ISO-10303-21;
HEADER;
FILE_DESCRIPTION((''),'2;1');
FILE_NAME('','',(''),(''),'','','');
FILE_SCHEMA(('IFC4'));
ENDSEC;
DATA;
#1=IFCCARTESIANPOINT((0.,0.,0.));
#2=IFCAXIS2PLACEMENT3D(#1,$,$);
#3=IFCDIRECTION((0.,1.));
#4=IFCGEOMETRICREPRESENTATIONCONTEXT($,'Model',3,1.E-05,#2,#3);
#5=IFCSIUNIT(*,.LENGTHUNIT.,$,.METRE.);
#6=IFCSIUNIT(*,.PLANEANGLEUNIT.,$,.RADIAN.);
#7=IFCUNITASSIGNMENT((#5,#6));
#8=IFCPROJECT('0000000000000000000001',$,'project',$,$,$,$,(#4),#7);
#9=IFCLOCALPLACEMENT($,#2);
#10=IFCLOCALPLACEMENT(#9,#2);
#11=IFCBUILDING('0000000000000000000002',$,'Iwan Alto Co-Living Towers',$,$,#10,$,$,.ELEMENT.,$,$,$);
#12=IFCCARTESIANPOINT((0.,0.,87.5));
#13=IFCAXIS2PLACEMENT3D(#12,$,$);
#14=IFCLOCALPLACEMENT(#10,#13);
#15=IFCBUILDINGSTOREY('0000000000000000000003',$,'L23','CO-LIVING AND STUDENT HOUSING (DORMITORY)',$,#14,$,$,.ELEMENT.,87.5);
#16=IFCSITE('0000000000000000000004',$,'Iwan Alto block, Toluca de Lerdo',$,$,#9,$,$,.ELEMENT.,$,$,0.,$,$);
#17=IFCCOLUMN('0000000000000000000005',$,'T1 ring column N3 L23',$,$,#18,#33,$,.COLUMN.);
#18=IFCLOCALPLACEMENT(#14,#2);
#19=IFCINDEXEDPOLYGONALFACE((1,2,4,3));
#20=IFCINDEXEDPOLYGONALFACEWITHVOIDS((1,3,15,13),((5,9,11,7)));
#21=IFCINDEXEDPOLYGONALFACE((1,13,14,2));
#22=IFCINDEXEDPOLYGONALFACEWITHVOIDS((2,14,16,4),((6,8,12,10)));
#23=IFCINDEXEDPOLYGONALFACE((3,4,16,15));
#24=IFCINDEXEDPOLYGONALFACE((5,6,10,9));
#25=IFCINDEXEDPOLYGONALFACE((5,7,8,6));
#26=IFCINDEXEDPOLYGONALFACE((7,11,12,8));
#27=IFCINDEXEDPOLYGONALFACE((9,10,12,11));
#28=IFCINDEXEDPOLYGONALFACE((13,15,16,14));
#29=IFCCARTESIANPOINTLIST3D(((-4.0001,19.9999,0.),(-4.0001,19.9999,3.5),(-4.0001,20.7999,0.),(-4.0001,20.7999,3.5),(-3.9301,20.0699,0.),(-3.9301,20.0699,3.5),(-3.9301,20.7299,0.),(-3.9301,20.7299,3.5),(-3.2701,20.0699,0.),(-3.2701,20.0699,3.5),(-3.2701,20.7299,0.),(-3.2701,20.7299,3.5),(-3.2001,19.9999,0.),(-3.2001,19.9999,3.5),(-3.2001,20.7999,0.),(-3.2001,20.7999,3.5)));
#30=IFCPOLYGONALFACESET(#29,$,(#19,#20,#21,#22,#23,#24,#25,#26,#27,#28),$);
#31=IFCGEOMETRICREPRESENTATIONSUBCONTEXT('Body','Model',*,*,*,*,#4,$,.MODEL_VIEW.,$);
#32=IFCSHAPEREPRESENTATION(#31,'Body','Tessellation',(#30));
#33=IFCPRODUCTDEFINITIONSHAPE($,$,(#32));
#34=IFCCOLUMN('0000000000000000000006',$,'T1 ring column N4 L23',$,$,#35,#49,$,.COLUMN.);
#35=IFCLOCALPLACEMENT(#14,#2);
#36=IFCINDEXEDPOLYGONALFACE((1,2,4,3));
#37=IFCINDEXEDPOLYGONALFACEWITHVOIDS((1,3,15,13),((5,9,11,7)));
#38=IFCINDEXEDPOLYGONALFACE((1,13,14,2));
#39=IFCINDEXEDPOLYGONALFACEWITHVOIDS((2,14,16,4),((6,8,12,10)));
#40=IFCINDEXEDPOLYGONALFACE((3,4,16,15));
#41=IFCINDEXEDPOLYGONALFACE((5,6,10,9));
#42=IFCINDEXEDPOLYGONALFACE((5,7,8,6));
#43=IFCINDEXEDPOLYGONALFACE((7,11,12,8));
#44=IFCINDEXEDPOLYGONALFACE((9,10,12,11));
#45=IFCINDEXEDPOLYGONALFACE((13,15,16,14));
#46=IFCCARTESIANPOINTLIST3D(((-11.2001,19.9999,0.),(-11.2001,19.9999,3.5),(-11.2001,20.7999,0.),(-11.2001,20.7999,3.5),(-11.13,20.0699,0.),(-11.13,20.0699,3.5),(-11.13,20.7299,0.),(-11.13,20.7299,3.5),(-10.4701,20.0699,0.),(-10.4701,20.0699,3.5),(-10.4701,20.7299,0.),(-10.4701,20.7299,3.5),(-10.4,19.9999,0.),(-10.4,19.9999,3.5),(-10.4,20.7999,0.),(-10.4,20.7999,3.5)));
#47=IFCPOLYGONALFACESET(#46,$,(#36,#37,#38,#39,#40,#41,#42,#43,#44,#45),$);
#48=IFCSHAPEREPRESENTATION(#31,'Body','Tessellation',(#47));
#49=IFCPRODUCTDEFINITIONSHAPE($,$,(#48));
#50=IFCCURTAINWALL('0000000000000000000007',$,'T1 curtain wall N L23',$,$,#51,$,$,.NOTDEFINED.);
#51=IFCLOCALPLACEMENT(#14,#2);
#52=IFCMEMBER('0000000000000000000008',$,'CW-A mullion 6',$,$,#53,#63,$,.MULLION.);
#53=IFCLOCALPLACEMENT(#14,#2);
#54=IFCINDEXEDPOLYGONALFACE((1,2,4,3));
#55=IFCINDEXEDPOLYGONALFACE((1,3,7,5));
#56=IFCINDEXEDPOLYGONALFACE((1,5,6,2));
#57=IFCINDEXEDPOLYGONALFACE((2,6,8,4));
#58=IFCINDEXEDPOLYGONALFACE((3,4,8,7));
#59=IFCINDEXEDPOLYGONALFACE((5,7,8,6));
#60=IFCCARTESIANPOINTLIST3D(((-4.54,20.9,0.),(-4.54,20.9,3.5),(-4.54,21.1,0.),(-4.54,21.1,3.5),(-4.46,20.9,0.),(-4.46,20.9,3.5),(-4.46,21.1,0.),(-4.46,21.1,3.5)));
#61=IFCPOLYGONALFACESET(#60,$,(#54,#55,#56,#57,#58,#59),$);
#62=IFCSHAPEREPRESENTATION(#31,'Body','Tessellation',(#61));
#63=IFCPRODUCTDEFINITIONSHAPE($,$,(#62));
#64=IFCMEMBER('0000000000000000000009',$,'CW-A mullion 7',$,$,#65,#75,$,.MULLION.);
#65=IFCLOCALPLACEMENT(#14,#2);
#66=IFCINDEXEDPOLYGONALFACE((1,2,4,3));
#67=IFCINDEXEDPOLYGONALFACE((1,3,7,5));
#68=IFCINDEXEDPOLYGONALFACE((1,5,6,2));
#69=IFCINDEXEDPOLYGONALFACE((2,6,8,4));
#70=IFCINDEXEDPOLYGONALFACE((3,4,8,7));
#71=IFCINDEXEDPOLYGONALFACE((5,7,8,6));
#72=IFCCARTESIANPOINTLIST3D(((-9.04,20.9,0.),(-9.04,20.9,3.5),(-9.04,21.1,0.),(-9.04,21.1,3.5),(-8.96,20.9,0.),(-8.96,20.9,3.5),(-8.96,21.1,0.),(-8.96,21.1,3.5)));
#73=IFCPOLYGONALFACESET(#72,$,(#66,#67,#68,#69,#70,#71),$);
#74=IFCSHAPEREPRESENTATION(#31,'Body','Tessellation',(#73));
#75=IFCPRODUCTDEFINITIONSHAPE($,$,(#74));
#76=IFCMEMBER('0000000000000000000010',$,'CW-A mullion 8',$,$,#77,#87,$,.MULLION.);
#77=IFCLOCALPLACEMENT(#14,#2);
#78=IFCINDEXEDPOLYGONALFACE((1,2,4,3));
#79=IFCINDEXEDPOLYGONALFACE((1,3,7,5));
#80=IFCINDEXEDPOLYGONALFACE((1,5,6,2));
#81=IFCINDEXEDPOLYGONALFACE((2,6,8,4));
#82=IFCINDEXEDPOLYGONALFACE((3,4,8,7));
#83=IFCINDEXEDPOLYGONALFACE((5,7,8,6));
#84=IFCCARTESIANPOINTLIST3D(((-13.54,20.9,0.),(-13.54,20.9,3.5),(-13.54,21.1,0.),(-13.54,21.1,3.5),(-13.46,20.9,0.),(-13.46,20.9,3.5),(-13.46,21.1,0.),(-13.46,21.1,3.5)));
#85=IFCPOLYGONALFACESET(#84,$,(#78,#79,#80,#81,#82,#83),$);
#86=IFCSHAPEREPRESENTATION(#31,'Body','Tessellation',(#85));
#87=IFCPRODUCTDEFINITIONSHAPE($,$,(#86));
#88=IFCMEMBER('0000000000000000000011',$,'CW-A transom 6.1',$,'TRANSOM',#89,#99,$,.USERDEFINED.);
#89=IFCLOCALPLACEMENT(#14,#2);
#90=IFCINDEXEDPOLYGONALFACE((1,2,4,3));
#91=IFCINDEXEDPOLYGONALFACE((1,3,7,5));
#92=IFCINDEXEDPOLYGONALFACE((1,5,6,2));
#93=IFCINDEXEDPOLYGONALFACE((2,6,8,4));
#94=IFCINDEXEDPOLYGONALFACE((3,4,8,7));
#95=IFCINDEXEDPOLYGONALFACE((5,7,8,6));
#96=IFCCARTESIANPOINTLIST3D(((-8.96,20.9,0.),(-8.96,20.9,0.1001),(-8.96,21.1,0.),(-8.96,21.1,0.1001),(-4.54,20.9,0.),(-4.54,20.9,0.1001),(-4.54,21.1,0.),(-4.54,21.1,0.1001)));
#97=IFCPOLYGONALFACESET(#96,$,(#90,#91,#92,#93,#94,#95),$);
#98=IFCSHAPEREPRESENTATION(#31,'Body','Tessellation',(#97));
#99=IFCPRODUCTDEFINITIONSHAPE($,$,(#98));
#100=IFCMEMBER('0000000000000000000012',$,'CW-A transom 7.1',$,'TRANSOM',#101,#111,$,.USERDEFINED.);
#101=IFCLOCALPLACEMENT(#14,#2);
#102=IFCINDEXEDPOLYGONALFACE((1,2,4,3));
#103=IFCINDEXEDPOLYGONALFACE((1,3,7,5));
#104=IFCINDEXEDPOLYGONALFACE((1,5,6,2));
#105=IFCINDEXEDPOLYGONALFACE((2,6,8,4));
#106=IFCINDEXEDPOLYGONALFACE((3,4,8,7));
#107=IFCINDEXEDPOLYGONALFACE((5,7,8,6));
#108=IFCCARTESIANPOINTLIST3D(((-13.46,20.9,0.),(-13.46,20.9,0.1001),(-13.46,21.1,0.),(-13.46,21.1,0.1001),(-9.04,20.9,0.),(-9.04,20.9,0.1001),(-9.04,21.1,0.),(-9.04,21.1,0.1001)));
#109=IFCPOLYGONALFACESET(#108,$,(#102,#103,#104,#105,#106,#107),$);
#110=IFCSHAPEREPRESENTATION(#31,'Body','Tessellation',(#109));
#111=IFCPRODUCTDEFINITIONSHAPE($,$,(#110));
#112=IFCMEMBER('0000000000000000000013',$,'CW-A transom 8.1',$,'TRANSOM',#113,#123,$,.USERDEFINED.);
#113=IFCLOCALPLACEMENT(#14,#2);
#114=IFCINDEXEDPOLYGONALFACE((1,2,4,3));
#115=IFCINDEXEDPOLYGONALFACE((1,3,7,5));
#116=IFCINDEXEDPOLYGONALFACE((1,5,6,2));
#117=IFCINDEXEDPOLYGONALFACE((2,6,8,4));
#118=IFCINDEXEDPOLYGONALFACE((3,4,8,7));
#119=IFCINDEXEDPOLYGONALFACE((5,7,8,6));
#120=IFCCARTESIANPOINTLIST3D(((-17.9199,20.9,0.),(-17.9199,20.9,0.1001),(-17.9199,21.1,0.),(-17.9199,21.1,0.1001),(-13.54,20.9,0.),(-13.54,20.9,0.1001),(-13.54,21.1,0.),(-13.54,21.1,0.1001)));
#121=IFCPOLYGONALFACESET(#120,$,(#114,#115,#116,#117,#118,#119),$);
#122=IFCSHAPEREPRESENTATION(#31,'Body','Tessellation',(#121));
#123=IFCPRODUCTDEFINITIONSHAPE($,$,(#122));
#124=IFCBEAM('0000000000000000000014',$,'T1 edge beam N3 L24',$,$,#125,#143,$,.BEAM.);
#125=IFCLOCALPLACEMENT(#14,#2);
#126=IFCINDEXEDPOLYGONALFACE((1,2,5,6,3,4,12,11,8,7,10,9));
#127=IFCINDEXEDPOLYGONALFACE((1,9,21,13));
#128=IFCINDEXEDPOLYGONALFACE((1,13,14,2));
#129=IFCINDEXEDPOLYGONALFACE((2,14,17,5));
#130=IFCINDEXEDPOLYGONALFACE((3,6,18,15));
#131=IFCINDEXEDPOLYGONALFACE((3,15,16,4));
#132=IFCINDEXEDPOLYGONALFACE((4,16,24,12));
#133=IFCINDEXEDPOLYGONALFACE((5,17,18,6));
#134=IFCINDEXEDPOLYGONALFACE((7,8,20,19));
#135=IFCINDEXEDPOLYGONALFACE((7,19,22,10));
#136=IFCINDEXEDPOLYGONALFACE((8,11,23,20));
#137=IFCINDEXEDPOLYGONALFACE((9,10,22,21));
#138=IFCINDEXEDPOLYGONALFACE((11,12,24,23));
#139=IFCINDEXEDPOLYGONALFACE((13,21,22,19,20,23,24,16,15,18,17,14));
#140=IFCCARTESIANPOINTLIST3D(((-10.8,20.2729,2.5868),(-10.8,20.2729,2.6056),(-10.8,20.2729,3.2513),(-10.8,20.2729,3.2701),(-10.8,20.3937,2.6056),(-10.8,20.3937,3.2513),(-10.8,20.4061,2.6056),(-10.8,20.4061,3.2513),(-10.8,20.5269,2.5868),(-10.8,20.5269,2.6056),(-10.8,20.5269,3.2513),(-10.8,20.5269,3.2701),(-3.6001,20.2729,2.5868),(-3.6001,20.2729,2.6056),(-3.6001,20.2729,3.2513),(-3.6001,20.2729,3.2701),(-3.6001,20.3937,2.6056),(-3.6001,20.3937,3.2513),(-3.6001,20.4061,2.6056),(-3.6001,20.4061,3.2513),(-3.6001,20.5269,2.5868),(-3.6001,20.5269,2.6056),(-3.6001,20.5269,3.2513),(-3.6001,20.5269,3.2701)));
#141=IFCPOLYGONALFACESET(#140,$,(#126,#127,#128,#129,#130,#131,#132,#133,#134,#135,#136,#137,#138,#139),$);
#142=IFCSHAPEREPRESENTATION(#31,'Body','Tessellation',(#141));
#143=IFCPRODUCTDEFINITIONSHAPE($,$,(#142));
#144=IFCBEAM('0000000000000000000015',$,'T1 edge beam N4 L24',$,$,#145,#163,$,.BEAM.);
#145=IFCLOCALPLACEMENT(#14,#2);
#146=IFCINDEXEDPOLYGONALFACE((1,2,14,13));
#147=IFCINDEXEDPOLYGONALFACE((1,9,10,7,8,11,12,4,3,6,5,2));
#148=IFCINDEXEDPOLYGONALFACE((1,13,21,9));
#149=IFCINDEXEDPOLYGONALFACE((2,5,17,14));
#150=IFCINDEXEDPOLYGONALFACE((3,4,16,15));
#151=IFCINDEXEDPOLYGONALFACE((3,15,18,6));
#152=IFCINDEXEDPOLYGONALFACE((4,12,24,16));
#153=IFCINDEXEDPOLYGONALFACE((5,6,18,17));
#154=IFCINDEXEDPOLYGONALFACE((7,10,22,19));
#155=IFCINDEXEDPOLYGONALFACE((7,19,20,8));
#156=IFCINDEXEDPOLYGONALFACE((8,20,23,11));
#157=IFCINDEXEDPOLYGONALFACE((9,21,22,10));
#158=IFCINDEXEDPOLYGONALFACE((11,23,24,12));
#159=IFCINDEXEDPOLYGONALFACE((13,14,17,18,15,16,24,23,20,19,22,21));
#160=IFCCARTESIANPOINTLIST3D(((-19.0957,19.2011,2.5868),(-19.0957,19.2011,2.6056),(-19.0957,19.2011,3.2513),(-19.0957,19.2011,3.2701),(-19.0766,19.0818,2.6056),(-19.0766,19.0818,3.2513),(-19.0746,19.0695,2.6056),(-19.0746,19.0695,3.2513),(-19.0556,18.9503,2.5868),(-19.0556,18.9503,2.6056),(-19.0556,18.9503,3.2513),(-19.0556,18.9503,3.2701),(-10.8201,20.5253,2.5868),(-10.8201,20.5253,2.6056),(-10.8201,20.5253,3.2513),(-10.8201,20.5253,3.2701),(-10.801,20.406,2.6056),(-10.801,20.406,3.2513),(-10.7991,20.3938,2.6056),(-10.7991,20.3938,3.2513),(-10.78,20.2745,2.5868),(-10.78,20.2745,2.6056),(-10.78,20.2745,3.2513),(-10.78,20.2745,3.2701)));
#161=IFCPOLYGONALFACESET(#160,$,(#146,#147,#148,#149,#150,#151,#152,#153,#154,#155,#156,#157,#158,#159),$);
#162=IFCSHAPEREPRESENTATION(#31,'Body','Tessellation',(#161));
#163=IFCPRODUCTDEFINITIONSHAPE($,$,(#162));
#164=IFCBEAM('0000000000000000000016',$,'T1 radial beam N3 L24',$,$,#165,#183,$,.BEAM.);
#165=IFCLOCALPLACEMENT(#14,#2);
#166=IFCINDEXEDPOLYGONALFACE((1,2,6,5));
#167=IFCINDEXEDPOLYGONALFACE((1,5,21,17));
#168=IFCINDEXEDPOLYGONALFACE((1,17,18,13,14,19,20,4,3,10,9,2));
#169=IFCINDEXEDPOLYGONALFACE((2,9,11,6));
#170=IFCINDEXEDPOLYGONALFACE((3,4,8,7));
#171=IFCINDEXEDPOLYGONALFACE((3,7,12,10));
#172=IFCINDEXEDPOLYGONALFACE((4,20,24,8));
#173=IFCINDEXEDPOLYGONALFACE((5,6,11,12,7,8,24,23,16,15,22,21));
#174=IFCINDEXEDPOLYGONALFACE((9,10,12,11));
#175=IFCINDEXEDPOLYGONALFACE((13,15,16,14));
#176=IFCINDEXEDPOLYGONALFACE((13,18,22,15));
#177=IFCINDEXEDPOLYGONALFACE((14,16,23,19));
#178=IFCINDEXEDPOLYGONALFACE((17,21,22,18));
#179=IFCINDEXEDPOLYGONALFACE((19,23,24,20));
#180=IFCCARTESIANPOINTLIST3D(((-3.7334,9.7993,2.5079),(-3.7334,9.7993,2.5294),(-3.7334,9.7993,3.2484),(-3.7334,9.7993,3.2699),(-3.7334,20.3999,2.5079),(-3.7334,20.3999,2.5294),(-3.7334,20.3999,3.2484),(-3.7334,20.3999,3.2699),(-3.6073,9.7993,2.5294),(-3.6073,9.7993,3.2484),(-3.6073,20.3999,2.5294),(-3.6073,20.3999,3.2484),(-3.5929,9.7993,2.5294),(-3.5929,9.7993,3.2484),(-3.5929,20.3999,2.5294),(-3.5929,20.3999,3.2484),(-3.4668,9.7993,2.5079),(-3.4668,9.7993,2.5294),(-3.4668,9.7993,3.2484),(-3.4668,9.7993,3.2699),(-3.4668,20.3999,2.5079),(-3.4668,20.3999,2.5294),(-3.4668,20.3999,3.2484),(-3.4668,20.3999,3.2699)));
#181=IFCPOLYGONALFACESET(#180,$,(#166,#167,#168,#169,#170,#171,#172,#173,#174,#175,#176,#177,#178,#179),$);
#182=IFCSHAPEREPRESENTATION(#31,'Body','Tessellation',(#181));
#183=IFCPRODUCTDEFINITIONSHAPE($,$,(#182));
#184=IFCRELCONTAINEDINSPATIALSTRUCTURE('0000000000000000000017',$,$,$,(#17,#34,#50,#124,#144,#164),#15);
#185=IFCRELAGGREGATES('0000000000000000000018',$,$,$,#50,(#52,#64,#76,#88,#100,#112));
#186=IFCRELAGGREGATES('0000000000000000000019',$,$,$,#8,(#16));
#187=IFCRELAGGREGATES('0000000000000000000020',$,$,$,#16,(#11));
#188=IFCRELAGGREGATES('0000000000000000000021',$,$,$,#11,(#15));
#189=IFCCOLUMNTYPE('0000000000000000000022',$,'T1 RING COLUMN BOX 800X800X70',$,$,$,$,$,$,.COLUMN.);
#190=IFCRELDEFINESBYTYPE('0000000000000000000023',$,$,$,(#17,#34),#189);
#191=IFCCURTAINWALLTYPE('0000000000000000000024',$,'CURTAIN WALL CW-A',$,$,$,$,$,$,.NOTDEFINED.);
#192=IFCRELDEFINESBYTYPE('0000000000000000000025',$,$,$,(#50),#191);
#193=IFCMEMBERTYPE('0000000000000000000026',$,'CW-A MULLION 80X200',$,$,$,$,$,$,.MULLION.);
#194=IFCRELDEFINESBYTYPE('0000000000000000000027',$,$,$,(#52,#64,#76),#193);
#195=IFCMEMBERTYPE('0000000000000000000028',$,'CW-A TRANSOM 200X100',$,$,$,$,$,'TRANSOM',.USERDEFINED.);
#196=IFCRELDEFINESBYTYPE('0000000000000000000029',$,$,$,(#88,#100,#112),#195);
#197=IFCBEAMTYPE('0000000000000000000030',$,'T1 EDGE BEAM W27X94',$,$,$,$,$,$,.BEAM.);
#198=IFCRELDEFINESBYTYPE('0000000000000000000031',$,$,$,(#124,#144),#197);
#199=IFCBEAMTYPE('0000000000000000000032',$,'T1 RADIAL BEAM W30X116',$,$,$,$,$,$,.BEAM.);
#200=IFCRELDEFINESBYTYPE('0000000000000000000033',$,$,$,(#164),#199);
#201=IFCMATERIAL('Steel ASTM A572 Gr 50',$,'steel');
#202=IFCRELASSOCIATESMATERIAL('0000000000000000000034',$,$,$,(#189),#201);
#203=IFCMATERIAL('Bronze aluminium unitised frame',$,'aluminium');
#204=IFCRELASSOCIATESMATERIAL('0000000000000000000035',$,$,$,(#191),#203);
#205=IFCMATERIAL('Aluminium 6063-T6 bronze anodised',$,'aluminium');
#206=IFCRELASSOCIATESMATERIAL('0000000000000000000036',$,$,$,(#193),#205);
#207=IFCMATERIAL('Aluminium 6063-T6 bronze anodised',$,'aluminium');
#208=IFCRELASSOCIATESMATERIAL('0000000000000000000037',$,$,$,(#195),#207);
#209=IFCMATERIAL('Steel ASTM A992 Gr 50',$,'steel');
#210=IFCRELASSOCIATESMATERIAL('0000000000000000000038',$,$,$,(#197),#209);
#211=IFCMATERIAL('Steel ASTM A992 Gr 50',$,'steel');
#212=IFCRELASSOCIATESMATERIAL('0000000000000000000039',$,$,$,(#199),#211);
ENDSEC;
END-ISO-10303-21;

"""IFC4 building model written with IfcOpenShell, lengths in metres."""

from ifc_helpers import new_model, si_unit, direction, frame, origin, origin_2d, place, context, subcontext, project, spatial, rectangle, hollow_rectangle, i_section, extrude, material, material_profile, profile_set, type_object, element, aggregate, save


model = new_model("IFC4")

# Units and contexts
model_context = context("Model", 3, precision=1e-05, world=origin(), true_north=direction((0.0, 1.0)))
body_context = subcontext(model_context, "Body", "Model", "MODEL_VIEW")
ifc_project = project(units=[si_unit("LENGTHUNIT", "METRE"), si_unit("PLANEANGLEUNIT", "RADIAN")], contexts=[model_context])

# Site, building, storey
site_placement = place(None, origin())
site = spatial("IfcSite", under=ifc_project, at=site_placement, Name="Iwan Alto block, Toluca de Lerdo", CompositionType="ELEMENT", RefElevation=0.0)
building_placement = place(site_placement, origin())
building = spatial("IfcBuilding", under=site, at=building_placement, Name="Iwan Alto Co-Living Towers", CompositionType="ELEMENT")
storey_placement = place(building_placement, frame((0.0, 0.0, 87.5)))
storey = spatial("IfcBuildingStorey", under=building, at=storey_placement, Name="L23", Description="CO-LIVING AND STUDENT HOUSING (DORMITORY)", CompositionType="ELEMENT", Elevation=87.5)

# Columns
ifc_material_1 = material(Name="Steel ASTM A572 Gr 50", Category="steel")
ifc_material_profile_1 = material_profile(ifc_material_1, hollow_rectangle(XDim=0.8, YDim=0.8, WallThickness=0.0701, at=origin_2d()), Name="BOX 800X800X70")
ifc_profile_set_1 = profile_set([ifc_material_profile_1], Name="Steel ASTM A572 Gr 50")
column_type = type_object("IfcColumnType", Name="T1 RING COLUMN BOX 800X800X70", PredefinedType="COLUMN", material=ifc_profile_set_1)
for number, where, z_axis, x_axis, name in (
    (1, (-3.6001, 20.3999, 0.0), (0.0, 0.0, 1.0), (1.0, 0.0, 0.0), "T1 ring column N3 L23"),
    (2, (-10.8, 20.3999, 0.0), (0.0, 0.0, 1.0), (1.0, 0.0, 0.0), "T1 ring column N4 L23"),
):
    element("IfcColumn", number, at=place(storey_placement, frame(where, z_axis=z_axis, x_axis=x_axis)), inside=storey, type_object=column_type, Name=name, PredefinedType="COLUMN", context=body_context, shape_type="SweptSolid", body=[
        extrude(hollow_rectangle(XDim=0.8, YDim=0.8, WallThickness=0.0701, at=origin_2d()), origin(), (0.0, 0.0, 1.0), 3.5),
    ])

# Curtain wall, members
ifc_material_2 = material(Name="Bronze aluminium unitised frame", Category="aluminium")
curtain_wall_type = type_object("IfcCurtainWallType", Name="CURTAIN WALL CW-A", PredefinedType="NOTDEFINED", material=ifc_material_2)
curtain_wall_placement = place(storey_placement, origin())
curtain_wall = element("IfcCurtainWall", 3, at=curtain_wall_placement, inside=storey, type_object=curtain_wall_type, Name="T1 curtain wall N L23", PredefinedType="NOTDEFINED")
ifc_material_3 = material(Name="Aluminium 6063-T6 bronze anodised", Category="aluminium")
ifc_material_profile_2 = material_profile(ifc_material_3, rectangle(XDim=0.2, YDim=0.0801, at=origin_2d()), Name="AL 80X200")
ifc_profile_set_2 = profile_set([ifc_material_profile_2], Name="Aluminium 6063-T6 bronze anodised")
member_type_1 = type_object("IfcMemberType", Name="CW-A MULLION 80X200", PredefinedType="MULLION", material=ifc_profile_set_2)
member_1_placement = place(storey_placement, frame((-4.5, 21.0, 0.0), z_axis=(0.0, 0.0, 1.0), x_axis=(0.0, -1.0, 0.0)))
member_1 = element("IfcMember", 4, at=member_1_placement, type_object=member_type_1, Name="CW-A mullion 6", PredefinedType="MULLION", context=body_context, shape_type="SweptSolid", body=[
    extrude(rectangle(XDim=0.2, YDim=0.0801, at=origin_2d()), origin(), (0.0, 0.0, 1.0), 3.5),
])
member_2_placement = place(storey_placement, frame((-9.0, 21.0, 0.0), z_axis=(0.0, 0.0, 1.0), x_axis=(0.0, -1.0, 0.0)))
member_2 = element("IfcMember", 5, at=member_2_placement, type_object=member_type_1, Name="CW-A mullion 7", PredefinedType="MULLION", context=body_context, shape_type="SweptSolid", body=[
    extrude(rectangle(XDim=0.2, YDim=0.0801, at=origin_2d()), origin(), (0.0, 0.0, 1.0), 3.5),
])
member_3_placement = place(storey_placement, frame((-13.5, 21.0, 0.0), z_axis=(0.0, 0.0, 1.0), x_axis=(0.0, -1.0, 0.0)))
member_3 = element("IfcMember", 6, at=member_3_placement, type_object=member_type_1, Name="CW-A mullion 8", PredefinedType="MULLION", context=body_context, shape_type="SweptSolid", body=[
    extrude(rectangle(XDim=0.2, YDim=0.0801, at=origin_2d()), origin(), (0.0, 0.0, 1.0), 3.5),
])
ifc_material_4 = material(Name="Aluminium 6063-T6 bronze anodised", Category="aluminium")
ifc_material_profile_3 = material_profile(ifc_material_4, rectangle(XDim=0.2, YDim=0.1001, at=origin_2d()), Name="AL 200X100")
ifc_profile_set_3 = profile_set([ifc_material_profile_3], Name="Aluminium 6063-T6 bronze anodised")
member_type_2 = type_object("IfcMemberType", Name="CW-A TRANSOM 200X100", ElementType="TRANSOM", PredefinedType="USERDEFINED", material=ifc_profile_set_3)
member_4_placement = place(storey_placement, frame((-4.54, 21.0, 0.05), z_axis=(-1.0, 0.0, 0.0), x_axis=(0.0, -1.0, 0.0)))
member_4 = element("IfcMember", 7, at=member_4_placement, type_object=member_type_2, Name="CW-A transom 6.1", ObjectType="TRANSOM", PredefinedType="USERDEFINED", context=body_context, shape_type="SweptSolid", body=[
    extrude(rectangle(XDim=0.2, YDim=0.1001, at=origin_2d()), origin(), (0.0, 0.0, 1.0), 4.4199),
])
member_5_placement = place(storey_placement, frame((-9.04, 21.0, 0.05), z_axis=(-1.0, 0.0, 0.0), x_axis=(0.0, -1.0, 0.0)))
member_5 = element("IfcMember", 8, at=member_5_placement, type_object=member_type_2, Name="CW-A transom 7.1", ObjectType="TRANSOM", PredefinedType="USERDEFINED", context=body_context, shape_type="SweptSolid", body=[
    extrude(rectangle(XDim=0.2, YDim=0.1001, at=origin_2d()), origin(), (0.0, 0.0, 1.0), 4.4199),
])
member_6_placement = place(storey_placement, frame((-13.54, 21.0, 0.05), z_axis=(-1.0, 0.0, 0.0), x_axis=(0.0, -1.0, 0.0)))
member_6 = element("IfcMember", 9, at=member_6_placement, type_object=member_type_2, Name="CW-A transom 8.1", ObjectType="TRANSOM", PredefinedType="USERDEFINED", context=body_context, shape_type="SweptSolid", body=[
    extrude(rectangle(XDim=0.2, YDim=0.1001, at=origin_2d()), origin(), (0.0, 0.0, 1.0), 4.3799),
])

# Beams
ifc_material_5 = material(Name="Steel ASTM A992 Gr 50", Category="steel")
ifc_material_profile_4 = material_profile(ifc_material_5, i_section(OverallWidth=0.2539, OverallDepth=0.6833, WebThickness=0.0125, FlangeThickness=0.0188, at=origin_2d()), Name="W27X94")
ifc_profile_set_4 = profile_set([ifc_material_profile_4], Name="Steel ASTM A992 Gr 50")
beam_type_1 = type_object("IfcBeamType", Name="T1 EDGE BEAM W27X94", PredefinedType="BEAM", material=ifc_profile_set_4)
beam_1_placement = place(storey_placement, frame((-3.6001, 20.3999, 2.9285), z_axis=(-1.0, 0.0, 0.0), x_axis=(0.0, -1.0, 0.0)))
element("IfcBeam", 10, at=beam_1_placement, inside=storey, type_object=beam_type_1, Name="T1 edge beam N3 L24", PredefinedType="BEAM", context=body_context, shape_type="SweptSolid", body=[
    extrude(i_section(OverallWidth=0.2539, OverallDepth=0.6833, WebThickness=0.0125, FlangeThickness=0.0188, at=origin_2d()), origin(), (0.0, 0.0, 1.0), 7.2),
])
beam_2_placement = place(storey_placement, frame((-10.8, 20.3999, 2.9285), z_axis=(-0.987438, -0.158004, 0.0), x_axis=(0.158004, -0.987438, 0.0)))
element("IfcBeam", 11, at=beam_2_placement, inside=storey, type_object=beam_type_1, Name="T1 edge beam N4 L24", PredefinedType="BEAM", context=body_context, shape_type="SweptSolid", body=[
    extrude(i_section(OverallWidth=0.2539, OverallDepth=0.6833, WebThickness=0.0125, FlangeThickness=0.0188, at=origin_2d()), origin(), (0.0, 0.0, 1.0), 8.3809),
])
ifc_material_6 = material(Name="Steel ASTM A992 Gr 50", Category="steel")
ifc_material_profile_5 = material_profile(ifc_material_6, i_section(OverallWidth=0.2666, OverallDepth=0.762, WebThickness=0.0144, FlangeThickness=0.0215, at=origin_2d()), Name="W30X116")
ifc_profile_set_5 = profile_set([ifc_material_profile_5], Name="Steel ASTM A992 Gr 50")
beam_type_2 = type_object("IfcBeamType", Name="T1 RADIAL BEAM W30X116", PredefinedType="BEAM", material=ifc_profile_set_5)
beam_3_placement = place(storey_placement, frame((-3.6001, 20.3999, 2.8889), z_axis=(0.0, -1.0, 0.0), x_axis=(1.0, 0.0, 0.0)))
element("IfcBeam", 12, at=beam_3_placement, inside=storey, type_object=beam_type_2, Name="T1 radial beam N3 L24", PredefinedType="BEAM", context=body_context, shape_type="SweptSolid", body=[
    extrude(i_section(OverallWidth=0.2666, OverallDepth=0.762, WebThickness=0.0144, FlangeThickness=0.0215, at=origin_2d()), origin(), (0.0, 0.0, 1.0), 10.6006),
])

aggregate(curtain_wall, [member_1, member_2, member_3, member_4, member_5, member_6])

save(model, "model.ifc")
